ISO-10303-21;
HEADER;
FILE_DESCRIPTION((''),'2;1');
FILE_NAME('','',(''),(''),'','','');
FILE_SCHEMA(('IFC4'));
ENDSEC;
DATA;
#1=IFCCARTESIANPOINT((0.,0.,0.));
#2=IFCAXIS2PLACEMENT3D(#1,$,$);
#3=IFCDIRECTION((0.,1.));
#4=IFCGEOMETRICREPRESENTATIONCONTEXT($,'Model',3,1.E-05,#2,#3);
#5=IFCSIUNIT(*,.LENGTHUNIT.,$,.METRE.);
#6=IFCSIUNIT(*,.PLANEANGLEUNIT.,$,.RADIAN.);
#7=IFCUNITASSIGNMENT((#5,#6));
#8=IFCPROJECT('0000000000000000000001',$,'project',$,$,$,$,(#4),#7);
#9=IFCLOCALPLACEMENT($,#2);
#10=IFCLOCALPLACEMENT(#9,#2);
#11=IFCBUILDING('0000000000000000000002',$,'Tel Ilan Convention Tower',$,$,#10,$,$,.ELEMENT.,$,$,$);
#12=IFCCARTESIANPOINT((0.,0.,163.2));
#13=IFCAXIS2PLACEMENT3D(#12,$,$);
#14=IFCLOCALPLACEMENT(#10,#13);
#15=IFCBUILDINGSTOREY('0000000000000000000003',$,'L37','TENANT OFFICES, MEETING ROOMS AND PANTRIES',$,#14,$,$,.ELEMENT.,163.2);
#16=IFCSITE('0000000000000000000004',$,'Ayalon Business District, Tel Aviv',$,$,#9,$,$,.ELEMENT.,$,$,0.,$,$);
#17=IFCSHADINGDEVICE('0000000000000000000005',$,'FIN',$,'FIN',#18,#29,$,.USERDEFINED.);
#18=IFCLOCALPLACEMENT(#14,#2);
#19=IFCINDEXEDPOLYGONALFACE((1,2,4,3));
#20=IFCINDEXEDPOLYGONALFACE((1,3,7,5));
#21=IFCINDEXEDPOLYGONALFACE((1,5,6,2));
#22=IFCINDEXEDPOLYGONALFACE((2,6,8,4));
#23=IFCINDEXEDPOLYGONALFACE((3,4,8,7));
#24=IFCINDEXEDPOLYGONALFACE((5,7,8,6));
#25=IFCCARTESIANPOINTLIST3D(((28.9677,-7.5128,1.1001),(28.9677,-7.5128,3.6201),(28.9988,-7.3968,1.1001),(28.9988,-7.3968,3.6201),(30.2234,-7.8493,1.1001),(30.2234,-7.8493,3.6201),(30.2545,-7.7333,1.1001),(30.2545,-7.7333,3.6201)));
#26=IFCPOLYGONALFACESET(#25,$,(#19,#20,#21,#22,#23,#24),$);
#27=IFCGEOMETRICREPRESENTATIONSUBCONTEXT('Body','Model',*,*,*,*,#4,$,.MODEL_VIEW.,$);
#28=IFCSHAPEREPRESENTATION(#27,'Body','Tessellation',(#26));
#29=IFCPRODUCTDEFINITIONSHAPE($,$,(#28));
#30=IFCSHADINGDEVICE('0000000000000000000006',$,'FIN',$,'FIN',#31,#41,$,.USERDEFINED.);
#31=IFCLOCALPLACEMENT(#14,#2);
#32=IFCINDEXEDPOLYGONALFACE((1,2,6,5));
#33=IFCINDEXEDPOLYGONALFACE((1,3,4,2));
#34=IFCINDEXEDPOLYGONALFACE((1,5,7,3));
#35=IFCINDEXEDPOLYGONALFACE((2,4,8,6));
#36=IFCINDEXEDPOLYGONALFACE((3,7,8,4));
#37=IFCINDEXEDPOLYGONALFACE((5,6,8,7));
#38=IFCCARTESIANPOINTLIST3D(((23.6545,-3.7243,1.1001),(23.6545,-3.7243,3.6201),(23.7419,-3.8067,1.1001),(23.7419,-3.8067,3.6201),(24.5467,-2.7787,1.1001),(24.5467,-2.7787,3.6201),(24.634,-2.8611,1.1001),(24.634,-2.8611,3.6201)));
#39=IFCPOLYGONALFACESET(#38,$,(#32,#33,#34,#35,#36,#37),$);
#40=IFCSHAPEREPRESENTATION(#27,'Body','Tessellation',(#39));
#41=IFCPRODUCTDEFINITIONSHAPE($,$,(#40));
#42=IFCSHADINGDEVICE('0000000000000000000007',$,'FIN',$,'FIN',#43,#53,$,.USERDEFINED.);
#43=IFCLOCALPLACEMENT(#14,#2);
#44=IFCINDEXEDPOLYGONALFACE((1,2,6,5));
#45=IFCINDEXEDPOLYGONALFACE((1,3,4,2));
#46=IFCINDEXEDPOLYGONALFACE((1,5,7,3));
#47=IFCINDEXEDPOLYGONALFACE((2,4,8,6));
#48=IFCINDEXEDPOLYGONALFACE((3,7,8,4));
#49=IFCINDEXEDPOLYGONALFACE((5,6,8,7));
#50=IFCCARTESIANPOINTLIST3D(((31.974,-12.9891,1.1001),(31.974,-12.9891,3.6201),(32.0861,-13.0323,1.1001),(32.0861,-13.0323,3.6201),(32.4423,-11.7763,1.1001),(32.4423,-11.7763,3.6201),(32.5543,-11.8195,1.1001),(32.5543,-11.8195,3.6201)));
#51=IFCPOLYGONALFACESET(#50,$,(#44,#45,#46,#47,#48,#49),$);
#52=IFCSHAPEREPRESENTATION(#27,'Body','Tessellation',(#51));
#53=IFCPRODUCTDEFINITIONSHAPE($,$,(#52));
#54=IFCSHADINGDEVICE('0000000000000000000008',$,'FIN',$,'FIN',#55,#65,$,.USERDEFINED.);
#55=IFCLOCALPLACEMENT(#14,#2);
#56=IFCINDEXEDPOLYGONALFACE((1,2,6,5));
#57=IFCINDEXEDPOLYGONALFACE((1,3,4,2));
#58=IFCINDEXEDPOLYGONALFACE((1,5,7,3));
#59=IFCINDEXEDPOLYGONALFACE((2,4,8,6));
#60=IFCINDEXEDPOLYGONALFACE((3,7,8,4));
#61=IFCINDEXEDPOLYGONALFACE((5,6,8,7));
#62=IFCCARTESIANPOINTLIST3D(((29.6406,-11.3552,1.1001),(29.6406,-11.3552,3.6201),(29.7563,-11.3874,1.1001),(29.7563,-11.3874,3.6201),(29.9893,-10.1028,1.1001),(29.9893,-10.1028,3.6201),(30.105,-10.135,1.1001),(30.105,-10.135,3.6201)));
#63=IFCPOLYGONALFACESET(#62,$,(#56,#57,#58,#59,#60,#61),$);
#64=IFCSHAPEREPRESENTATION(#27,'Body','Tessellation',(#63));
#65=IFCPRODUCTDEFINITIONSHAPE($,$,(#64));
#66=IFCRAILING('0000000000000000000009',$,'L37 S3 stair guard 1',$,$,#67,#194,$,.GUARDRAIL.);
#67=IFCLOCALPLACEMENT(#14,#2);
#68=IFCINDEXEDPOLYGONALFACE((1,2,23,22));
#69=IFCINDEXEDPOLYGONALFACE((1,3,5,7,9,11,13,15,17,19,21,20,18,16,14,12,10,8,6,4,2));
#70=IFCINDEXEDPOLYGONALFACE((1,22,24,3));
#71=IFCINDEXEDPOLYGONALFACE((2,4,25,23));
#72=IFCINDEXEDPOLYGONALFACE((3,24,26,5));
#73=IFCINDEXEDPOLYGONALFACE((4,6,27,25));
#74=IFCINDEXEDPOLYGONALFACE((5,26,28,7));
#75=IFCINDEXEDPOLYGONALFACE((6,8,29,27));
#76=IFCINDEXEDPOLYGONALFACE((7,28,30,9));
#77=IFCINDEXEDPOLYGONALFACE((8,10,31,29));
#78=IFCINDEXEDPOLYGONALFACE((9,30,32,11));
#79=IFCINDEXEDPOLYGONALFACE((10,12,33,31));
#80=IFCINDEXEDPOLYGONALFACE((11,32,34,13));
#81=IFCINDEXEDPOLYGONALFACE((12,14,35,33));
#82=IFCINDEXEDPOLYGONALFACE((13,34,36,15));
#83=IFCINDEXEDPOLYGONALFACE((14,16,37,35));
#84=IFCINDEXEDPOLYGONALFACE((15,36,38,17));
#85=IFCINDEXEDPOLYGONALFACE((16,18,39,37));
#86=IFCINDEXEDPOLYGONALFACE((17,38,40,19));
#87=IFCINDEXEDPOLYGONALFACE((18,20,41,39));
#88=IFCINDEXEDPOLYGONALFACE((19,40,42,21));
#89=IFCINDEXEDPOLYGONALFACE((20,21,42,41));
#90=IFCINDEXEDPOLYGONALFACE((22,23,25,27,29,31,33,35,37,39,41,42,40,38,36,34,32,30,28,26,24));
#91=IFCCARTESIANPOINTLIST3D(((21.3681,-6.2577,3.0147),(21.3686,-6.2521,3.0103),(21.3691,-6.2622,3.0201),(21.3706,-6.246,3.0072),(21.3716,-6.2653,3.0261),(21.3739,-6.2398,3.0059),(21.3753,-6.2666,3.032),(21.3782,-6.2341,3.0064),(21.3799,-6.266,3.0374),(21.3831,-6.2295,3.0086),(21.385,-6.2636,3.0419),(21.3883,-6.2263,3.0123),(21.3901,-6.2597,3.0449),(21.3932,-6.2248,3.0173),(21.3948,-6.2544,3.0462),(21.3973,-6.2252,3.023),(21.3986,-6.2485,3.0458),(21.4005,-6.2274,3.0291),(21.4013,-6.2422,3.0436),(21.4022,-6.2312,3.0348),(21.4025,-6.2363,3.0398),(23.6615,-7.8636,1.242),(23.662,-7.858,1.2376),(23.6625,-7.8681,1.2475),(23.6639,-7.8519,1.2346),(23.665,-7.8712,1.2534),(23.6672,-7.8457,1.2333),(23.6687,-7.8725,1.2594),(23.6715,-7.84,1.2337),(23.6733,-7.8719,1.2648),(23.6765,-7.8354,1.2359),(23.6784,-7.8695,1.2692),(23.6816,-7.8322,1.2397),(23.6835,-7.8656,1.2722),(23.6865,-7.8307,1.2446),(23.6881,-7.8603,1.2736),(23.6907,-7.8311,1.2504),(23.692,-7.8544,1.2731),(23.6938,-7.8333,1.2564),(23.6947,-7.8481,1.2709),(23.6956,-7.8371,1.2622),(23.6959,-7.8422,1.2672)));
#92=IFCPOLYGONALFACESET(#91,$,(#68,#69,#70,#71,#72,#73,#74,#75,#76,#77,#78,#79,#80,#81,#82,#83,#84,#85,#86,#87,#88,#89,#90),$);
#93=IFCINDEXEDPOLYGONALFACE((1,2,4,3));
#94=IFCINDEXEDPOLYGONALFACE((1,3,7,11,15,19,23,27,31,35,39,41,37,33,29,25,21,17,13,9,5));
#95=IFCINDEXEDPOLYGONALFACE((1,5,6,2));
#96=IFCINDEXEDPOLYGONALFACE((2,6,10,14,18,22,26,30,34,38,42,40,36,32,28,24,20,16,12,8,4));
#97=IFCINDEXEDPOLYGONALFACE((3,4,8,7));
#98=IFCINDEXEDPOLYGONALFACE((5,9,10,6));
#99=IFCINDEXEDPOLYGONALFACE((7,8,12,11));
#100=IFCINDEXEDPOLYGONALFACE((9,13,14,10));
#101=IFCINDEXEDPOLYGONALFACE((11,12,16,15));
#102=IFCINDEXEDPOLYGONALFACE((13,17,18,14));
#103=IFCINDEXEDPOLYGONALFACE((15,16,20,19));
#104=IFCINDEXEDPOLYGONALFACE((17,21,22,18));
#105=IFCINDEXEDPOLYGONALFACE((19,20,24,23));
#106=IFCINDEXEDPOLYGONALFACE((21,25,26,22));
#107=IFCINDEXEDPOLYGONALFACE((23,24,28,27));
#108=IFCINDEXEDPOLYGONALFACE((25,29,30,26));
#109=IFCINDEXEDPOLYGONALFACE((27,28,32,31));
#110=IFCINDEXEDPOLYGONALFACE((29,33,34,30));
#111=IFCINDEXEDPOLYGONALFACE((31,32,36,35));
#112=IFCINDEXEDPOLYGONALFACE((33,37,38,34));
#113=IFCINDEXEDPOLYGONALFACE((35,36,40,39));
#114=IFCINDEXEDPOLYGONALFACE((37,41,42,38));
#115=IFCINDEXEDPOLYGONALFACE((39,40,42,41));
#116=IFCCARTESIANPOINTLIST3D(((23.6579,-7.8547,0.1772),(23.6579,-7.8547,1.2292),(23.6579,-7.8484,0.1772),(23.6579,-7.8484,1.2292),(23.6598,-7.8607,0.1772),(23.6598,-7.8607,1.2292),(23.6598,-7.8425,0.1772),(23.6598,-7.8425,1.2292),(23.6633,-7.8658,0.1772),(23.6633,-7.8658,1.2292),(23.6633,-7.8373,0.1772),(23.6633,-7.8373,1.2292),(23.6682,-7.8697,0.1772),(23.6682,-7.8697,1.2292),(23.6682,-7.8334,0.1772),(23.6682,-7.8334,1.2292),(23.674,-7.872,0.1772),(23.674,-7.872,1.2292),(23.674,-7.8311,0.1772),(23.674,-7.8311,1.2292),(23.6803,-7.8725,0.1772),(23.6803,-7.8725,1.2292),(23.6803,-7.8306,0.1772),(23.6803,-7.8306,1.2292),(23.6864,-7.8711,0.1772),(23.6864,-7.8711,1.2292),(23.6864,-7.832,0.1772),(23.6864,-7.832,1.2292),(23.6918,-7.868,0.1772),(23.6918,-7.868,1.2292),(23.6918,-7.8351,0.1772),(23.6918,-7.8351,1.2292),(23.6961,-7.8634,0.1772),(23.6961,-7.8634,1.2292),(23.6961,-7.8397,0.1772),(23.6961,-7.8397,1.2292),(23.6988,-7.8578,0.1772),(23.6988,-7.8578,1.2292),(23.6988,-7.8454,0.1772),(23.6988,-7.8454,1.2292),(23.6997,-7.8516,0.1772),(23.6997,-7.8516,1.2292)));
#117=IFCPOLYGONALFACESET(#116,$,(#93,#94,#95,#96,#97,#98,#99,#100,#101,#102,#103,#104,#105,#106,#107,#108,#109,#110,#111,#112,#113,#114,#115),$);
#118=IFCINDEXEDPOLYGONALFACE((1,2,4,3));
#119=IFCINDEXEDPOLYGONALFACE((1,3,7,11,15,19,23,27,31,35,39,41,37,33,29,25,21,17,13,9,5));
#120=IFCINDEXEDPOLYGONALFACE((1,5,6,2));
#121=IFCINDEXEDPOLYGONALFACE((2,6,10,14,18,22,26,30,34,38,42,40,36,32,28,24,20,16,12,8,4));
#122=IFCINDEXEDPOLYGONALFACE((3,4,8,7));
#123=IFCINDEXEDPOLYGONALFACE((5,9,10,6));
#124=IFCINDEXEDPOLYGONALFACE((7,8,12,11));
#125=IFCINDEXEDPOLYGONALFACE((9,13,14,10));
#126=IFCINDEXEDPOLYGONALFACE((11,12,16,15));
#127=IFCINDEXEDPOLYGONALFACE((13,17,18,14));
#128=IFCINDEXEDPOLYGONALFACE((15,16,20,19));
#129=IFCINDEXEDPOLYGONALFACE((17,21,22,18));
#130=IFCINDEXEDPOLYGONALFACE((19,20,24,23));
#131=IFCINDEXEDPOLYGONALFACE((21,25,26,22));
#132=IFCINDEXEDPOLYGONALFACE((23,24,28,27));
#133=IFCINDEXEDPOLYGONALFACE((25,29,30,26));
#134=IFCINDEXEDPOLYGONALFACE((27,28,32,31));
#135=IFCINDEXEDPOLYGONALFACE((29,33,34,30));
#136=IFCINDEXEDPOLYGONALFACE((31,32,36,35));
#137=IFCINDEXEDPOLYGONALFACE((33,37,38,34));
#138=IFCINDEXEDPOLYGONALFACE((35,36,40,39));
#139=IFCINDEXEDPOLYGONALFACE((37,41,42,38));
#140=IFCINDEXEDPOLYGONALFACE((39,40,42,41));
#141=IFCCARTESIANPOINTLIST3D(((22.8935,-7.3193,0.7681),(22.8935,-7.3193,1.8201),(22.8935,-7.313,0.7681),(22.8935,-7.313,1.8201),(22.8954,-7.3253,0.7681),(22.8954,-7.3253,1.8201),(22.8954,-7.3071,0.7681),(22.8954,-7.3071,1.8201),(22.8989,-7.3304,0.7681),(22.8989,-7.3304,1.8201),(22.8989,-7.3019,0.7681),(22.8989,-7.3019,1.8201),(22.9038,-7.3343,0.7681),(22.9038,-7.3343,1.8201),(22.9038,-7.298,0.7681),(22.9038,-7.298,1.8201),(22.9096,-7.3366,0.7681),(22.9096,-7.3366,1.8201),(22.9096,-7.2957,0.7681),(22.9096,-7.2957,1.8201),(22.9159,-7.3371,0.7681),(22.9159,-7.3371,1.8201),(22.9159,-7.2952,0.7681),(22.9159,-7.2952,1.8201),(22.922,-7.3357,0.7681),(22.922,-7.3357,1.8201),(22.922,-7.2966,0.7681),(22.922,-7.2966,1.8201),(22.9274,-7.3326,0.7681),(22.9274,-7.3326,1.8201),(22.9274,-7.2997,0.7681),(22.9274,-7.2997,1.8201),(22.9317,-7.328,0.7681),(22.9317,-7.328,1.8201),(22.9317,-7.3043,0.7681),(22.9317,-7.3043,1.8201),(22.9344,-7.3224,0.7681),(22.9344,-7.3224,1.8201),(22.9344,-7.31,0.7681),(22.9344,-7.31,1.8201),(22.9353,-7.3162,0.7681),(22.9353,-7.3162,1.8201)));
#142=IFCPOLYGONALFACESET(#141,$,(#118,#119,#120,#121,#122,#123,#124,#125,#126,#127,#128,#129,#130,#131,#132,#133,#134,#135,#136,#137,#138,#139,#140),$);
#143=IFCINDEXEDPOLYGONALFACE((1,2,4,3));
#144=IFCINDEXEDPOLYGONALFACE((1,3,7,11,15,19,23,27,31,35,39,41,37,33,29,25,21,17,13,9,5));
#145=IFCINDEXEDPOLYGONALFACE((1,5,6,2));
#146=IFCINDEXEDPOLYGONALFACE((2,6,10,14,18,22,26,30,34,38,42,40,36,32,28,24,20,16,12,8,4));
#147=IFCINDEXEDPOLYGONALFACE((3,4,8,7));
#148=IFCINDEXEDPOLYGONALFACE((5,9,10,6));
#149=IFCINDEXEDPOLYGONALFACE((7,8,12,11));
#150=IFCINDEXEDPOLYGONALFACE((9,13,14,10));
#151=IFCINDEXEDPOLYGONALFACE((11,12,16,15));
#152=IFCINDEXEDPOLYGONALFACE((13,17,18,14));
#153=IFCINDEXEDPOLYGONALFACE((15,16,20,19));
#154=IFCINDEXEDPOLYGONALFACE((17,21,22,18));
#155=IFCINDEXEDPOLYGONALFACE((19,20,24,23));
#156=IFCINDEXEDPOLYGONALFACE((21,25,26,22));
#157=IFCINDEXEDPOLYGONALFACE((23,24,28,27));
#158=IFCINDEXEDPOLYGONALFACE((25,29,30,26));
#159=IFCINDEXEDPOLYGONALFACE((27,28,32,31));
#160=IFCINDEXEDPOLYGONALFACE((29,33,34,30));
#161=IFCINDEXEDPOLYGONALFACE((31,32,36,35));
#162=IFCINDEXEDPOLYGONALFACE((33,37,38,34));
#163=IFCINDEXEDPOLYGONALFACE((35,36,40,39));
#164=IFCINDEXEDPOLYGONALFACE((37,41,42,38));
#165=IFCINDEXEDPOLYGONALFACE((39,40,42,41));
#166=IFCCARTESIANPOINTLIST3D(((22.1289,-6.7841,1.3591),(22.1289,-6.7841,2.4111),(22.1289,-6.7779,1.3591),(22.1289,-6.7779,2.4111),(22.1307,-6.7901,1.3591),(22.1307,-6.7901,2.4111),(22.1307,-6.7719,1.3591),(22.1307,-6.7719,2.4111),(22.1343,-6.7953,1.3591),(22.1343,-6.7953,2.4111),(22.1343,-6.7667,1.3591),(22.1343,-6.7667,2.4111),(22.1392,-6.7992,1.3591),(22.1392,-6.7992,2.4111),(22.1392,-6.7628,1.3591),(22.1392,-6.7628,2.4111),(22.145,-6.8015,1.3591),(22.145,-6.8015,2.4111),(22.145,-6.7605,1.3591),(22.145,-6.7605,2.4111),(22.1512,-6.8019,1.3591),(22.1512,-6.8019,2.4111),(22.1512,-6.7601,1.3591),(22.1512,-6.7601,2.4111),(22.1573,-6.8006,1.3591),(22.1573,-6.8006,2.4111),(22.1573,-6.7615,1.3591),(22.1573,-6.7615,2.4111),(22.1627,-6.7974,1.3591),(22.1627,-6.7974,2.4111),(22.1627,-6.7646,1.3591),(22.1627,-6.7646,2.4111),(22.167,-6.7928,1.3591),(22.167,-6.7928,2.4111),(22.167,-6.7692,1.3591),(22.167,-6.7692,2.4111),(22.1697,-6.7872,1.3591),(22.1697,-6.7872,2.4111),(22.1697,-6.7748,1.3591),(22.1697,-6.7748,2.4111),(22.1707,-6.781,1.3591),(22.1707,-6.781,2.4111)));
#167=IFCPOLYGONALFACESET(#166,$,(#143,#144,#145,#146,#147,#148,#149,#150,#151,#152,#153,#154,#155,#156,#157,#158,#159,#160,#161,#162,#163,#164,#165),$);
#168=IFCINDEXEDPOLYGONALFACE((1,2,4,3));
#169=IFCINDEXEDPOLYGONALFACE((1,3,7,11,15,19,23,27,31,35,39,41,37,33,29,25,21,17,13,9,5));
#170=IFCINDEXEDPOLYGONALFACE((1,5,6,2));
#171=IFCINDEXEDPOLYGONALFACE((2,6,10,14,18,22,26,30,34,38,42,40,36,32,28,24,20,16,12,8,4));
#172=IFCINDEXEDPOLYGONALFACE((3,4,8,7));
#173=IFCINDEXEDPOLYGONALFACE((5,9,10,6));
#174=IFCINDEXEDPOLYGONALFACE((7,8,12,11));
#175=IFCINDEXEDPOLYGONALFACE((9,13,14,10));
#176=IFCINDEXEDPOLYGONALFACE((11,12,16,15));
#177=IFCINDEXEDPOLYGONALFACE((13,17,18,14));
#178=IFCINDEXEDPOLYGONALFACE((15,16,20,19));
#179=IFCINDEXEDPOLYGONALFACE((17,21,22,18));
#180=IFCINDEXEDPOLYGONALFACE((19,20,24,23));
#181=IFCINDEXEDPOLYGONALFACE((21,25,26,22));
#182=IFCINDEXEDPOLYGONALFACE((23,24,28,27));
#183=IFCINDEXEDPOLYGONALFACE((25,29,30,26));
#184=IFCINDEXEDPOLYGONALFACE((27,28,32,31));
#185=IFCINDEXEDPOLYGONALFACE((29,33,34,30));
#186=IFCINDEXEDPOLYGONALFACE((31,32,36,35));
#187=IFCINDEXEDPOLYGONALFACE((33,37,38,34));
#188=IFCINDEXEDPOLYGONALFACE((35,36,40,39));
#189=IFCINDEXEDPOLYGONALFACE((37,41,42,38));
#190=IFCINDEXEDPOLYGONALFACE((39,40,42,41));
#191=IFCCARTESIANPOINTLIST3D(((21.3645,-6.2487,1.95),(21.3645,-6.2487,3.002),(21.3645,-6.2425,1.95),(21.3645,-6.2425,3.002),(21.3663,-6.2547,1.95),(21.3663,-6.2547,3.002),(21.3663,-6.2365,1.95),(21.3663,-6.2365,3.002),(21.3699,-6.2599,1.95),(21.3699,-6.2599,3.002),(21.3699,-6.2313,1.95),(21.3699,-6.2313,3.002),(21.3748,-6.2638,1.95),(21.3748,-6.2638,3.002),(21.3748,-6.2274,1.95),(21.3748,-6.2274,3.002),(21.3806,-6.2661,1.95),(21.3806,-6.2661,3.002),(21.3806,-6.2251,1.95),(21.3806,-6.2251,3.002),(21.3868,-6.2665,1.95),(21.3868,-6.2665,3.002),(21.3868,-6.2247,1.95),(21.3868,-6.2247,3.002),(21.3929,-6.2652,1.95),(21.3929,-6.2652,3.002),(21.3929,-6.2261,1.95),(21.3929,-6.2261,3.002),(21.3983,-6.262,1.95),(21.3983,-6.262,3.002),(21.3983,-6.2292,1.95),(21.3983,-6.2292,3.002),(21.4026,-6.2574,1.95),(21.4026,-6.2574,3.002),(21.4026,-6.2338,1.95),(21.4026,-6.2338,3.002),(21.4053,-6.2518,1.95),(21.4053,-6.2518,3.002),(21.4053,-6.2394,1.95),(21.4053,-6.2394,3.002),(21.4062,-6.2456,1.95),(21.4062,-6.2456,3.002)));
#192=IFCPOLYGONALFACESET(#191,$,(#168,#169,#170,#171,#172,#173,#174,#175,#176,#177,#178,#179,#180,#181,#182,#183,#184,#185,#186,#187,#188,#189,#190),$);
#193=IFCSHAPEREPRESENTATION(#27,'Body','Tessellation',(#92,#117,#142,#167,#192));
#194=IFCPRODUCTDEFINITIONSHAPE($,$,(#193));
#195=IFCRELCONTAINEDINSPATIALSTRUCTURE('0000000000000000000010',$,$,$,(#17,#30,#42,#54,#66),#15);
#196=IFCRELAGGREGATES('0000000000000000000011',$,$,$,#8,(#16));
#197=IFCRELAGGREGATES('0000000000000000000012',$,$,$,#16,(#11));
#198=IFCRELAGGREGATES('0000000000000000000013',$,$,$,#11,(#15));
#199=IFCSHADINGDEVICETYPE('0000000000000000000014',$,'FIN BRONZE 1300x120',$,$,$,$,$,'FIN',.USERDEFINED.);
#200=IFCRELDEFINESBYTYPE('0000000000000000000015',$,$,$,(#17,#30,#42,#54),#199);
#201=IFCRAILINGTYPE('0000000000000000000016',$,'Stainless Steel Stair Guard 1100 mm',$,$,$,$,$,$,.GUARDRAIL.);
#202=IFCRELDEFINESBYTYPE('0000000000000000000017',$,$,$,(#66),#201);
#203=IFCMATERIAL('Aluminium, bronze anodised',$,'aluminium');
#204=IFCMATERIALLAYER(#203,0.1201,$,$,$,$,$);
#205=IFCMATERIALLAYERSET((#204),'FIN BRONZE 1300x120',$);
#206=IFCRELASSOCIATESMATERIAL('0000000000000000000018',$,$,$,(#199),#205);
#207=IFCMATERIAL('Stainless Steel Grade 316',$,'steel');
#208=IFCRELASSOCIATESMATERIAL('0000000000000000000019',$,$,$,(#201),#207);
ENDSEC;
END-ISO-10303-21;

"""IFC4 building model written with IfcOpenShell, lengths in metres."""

from ifc_helpers import new_model, si_unit, direction, frame, origin, origin_2d, place, context, subcontext, project, spatial, rectangle, circle, extrude, material, layer, layer_set, type_object, element, save


model = new_model("IFC4")

# Units and contexts
model_context = context("Model", 3, precision=1e-05, world=origin(), true_north=direction((0.0, 1.0)))
body_context = subcontext(model_context, "Body", "Model", "MODEL_VIEW")
ifc_project = project(units=[si_unit("LENGTHUNIT", "METRE"), si_unit("PLANEANGLEUNIT", "RADIAN")], contexts=[model_context])

# Site, building, storey
site_placement = place(None, origin())
site = spatial("IfcSite", under=ifc_project, at=site_placement, Name="Ayalon Business District, Tel Aviv", CompositionType="ELEMENT", RefElevation=0.0)
building_placement = place(site_placement, origin())
building = spatial("IfcBuilding", under=site, at=building_placement, Name="Tel Ilan Convention Tower", CompositionType="ELEMENT")
storey_placement = place(building_placement, frame((0.0, 0.0, 163.2)))
storey = spatial("IfcBuildingStorey", under=building, at=storey_placement, Name="L37", Description="TENANT OFFICES, MEETING ROOMS AND PANTRIES", CompositionType="ELEMENT", Elevation=163.2)

# Shading devices
ifc_material_1 = material(Name="Aluminium, bronze anodised", Category="aluminium")
ifc_layer_1 = layer(ifc_material_1, 0.1201)
ifc_layer_set_1 = layer_set([ifc_layer_1], Name="FIN BRONZE 1300x120")
shading_device_type = type_object("IfcShadingDeviceType", Name="FIN BRONZE 1300x120", ElementType="FIN", PredefinedType="USERDEFINED", material=ifc_layer_set_1)
for number, where, z_axis, x_axis, name in (
    (1, (29.6111, -7.623, 1.1001), (0.0, 0.0, 1.0), (0.965926, -0.258819, 0.0), "FIN"),
    (2, (24.1443, -3.2927, 1.1001), (0.0, 0.0, 1.0), (0.686242, 0.727374, 0.0), "FIN"),
    (3, (32.2642, -12.4043, 1.1001), (0.0, 0.0, 1.0), (0.360178, 0.932884, 0.0), "FIN"),
    (4, (29.8728, -10.7451, 1.1001), (0.0, 0.0, 1.0), (0.268173, 0.963371, 0.0), "FIN"),
):
    element("IfcShadingDevice", number, at=place(storey_placement, frame(where, z_axis=z_axis, x_axis=x_axis)), inside=storey, type_object=shading_device_type, Name=name, ObjectType="FIN", PredefinedType="USERDEFINED", context=body_context, shape_type="SweptSolid", body=[
        extrude(rectangle(XDim=1.3, YDim=0.1201, at=origin_2d()), origin(), (0.0, 0.0, 1.0), 2.52),
    ])

# Railing
ifc_material_2 = material(Name="Stainless Steel Grade 316", Category="steel")
railing_type_1 = type_object("IfcRailingType", Name="Stainless Steel Stair Guard 1100 mm", PredefinedType="GUARDRAIL", material=ifc_material_2)
railing_1_placement = place(storey_placement, frame((23.6787, -7.8516, 0.1772)))
element("IfcRailing", 5, at=railing_1_placement, inside=storey, type_object=railing_type_1, Name="L37 S3 stair guard 1", PredefinedType="GUARDRAIL", context=body_context, shape_type="SweptSolid", body=[
    extrude(circle(Radius=0.0239, at=origin_2d()), frame((0.0, 0.0, 1.0762), z_axis=(-0.692085, 0.484621, 0.53494), x_axis=(-0.573591, -0.819142, 0.0)), (0.0, 0.0, 1.0), 3.3137),
    extrude(circle(Radius=0.021, at=origin_2d()), origin(), (0.0, 0.0, 1.0), 1.052),
    extrude(circle(Radius=0.021, at=origin_2d()), frame((-0.7644, 0.5354, 0.5908)), (0.0, 0.0, 1.0), 1.052),
    extrude(circle(Radius=0.021, at=origin_2d()), frame((-1.5291, 1.0706, 1.1819)), (0.0, 0.0, 1.0), 1.052),
    extrude(circle(Radius=0.021, at=origin_2d()), frame((-2.2935, 1.606, 1.7727)), (0.0, 0.0, 1.0), 1.052),
])

save(model, "model.ifc")
